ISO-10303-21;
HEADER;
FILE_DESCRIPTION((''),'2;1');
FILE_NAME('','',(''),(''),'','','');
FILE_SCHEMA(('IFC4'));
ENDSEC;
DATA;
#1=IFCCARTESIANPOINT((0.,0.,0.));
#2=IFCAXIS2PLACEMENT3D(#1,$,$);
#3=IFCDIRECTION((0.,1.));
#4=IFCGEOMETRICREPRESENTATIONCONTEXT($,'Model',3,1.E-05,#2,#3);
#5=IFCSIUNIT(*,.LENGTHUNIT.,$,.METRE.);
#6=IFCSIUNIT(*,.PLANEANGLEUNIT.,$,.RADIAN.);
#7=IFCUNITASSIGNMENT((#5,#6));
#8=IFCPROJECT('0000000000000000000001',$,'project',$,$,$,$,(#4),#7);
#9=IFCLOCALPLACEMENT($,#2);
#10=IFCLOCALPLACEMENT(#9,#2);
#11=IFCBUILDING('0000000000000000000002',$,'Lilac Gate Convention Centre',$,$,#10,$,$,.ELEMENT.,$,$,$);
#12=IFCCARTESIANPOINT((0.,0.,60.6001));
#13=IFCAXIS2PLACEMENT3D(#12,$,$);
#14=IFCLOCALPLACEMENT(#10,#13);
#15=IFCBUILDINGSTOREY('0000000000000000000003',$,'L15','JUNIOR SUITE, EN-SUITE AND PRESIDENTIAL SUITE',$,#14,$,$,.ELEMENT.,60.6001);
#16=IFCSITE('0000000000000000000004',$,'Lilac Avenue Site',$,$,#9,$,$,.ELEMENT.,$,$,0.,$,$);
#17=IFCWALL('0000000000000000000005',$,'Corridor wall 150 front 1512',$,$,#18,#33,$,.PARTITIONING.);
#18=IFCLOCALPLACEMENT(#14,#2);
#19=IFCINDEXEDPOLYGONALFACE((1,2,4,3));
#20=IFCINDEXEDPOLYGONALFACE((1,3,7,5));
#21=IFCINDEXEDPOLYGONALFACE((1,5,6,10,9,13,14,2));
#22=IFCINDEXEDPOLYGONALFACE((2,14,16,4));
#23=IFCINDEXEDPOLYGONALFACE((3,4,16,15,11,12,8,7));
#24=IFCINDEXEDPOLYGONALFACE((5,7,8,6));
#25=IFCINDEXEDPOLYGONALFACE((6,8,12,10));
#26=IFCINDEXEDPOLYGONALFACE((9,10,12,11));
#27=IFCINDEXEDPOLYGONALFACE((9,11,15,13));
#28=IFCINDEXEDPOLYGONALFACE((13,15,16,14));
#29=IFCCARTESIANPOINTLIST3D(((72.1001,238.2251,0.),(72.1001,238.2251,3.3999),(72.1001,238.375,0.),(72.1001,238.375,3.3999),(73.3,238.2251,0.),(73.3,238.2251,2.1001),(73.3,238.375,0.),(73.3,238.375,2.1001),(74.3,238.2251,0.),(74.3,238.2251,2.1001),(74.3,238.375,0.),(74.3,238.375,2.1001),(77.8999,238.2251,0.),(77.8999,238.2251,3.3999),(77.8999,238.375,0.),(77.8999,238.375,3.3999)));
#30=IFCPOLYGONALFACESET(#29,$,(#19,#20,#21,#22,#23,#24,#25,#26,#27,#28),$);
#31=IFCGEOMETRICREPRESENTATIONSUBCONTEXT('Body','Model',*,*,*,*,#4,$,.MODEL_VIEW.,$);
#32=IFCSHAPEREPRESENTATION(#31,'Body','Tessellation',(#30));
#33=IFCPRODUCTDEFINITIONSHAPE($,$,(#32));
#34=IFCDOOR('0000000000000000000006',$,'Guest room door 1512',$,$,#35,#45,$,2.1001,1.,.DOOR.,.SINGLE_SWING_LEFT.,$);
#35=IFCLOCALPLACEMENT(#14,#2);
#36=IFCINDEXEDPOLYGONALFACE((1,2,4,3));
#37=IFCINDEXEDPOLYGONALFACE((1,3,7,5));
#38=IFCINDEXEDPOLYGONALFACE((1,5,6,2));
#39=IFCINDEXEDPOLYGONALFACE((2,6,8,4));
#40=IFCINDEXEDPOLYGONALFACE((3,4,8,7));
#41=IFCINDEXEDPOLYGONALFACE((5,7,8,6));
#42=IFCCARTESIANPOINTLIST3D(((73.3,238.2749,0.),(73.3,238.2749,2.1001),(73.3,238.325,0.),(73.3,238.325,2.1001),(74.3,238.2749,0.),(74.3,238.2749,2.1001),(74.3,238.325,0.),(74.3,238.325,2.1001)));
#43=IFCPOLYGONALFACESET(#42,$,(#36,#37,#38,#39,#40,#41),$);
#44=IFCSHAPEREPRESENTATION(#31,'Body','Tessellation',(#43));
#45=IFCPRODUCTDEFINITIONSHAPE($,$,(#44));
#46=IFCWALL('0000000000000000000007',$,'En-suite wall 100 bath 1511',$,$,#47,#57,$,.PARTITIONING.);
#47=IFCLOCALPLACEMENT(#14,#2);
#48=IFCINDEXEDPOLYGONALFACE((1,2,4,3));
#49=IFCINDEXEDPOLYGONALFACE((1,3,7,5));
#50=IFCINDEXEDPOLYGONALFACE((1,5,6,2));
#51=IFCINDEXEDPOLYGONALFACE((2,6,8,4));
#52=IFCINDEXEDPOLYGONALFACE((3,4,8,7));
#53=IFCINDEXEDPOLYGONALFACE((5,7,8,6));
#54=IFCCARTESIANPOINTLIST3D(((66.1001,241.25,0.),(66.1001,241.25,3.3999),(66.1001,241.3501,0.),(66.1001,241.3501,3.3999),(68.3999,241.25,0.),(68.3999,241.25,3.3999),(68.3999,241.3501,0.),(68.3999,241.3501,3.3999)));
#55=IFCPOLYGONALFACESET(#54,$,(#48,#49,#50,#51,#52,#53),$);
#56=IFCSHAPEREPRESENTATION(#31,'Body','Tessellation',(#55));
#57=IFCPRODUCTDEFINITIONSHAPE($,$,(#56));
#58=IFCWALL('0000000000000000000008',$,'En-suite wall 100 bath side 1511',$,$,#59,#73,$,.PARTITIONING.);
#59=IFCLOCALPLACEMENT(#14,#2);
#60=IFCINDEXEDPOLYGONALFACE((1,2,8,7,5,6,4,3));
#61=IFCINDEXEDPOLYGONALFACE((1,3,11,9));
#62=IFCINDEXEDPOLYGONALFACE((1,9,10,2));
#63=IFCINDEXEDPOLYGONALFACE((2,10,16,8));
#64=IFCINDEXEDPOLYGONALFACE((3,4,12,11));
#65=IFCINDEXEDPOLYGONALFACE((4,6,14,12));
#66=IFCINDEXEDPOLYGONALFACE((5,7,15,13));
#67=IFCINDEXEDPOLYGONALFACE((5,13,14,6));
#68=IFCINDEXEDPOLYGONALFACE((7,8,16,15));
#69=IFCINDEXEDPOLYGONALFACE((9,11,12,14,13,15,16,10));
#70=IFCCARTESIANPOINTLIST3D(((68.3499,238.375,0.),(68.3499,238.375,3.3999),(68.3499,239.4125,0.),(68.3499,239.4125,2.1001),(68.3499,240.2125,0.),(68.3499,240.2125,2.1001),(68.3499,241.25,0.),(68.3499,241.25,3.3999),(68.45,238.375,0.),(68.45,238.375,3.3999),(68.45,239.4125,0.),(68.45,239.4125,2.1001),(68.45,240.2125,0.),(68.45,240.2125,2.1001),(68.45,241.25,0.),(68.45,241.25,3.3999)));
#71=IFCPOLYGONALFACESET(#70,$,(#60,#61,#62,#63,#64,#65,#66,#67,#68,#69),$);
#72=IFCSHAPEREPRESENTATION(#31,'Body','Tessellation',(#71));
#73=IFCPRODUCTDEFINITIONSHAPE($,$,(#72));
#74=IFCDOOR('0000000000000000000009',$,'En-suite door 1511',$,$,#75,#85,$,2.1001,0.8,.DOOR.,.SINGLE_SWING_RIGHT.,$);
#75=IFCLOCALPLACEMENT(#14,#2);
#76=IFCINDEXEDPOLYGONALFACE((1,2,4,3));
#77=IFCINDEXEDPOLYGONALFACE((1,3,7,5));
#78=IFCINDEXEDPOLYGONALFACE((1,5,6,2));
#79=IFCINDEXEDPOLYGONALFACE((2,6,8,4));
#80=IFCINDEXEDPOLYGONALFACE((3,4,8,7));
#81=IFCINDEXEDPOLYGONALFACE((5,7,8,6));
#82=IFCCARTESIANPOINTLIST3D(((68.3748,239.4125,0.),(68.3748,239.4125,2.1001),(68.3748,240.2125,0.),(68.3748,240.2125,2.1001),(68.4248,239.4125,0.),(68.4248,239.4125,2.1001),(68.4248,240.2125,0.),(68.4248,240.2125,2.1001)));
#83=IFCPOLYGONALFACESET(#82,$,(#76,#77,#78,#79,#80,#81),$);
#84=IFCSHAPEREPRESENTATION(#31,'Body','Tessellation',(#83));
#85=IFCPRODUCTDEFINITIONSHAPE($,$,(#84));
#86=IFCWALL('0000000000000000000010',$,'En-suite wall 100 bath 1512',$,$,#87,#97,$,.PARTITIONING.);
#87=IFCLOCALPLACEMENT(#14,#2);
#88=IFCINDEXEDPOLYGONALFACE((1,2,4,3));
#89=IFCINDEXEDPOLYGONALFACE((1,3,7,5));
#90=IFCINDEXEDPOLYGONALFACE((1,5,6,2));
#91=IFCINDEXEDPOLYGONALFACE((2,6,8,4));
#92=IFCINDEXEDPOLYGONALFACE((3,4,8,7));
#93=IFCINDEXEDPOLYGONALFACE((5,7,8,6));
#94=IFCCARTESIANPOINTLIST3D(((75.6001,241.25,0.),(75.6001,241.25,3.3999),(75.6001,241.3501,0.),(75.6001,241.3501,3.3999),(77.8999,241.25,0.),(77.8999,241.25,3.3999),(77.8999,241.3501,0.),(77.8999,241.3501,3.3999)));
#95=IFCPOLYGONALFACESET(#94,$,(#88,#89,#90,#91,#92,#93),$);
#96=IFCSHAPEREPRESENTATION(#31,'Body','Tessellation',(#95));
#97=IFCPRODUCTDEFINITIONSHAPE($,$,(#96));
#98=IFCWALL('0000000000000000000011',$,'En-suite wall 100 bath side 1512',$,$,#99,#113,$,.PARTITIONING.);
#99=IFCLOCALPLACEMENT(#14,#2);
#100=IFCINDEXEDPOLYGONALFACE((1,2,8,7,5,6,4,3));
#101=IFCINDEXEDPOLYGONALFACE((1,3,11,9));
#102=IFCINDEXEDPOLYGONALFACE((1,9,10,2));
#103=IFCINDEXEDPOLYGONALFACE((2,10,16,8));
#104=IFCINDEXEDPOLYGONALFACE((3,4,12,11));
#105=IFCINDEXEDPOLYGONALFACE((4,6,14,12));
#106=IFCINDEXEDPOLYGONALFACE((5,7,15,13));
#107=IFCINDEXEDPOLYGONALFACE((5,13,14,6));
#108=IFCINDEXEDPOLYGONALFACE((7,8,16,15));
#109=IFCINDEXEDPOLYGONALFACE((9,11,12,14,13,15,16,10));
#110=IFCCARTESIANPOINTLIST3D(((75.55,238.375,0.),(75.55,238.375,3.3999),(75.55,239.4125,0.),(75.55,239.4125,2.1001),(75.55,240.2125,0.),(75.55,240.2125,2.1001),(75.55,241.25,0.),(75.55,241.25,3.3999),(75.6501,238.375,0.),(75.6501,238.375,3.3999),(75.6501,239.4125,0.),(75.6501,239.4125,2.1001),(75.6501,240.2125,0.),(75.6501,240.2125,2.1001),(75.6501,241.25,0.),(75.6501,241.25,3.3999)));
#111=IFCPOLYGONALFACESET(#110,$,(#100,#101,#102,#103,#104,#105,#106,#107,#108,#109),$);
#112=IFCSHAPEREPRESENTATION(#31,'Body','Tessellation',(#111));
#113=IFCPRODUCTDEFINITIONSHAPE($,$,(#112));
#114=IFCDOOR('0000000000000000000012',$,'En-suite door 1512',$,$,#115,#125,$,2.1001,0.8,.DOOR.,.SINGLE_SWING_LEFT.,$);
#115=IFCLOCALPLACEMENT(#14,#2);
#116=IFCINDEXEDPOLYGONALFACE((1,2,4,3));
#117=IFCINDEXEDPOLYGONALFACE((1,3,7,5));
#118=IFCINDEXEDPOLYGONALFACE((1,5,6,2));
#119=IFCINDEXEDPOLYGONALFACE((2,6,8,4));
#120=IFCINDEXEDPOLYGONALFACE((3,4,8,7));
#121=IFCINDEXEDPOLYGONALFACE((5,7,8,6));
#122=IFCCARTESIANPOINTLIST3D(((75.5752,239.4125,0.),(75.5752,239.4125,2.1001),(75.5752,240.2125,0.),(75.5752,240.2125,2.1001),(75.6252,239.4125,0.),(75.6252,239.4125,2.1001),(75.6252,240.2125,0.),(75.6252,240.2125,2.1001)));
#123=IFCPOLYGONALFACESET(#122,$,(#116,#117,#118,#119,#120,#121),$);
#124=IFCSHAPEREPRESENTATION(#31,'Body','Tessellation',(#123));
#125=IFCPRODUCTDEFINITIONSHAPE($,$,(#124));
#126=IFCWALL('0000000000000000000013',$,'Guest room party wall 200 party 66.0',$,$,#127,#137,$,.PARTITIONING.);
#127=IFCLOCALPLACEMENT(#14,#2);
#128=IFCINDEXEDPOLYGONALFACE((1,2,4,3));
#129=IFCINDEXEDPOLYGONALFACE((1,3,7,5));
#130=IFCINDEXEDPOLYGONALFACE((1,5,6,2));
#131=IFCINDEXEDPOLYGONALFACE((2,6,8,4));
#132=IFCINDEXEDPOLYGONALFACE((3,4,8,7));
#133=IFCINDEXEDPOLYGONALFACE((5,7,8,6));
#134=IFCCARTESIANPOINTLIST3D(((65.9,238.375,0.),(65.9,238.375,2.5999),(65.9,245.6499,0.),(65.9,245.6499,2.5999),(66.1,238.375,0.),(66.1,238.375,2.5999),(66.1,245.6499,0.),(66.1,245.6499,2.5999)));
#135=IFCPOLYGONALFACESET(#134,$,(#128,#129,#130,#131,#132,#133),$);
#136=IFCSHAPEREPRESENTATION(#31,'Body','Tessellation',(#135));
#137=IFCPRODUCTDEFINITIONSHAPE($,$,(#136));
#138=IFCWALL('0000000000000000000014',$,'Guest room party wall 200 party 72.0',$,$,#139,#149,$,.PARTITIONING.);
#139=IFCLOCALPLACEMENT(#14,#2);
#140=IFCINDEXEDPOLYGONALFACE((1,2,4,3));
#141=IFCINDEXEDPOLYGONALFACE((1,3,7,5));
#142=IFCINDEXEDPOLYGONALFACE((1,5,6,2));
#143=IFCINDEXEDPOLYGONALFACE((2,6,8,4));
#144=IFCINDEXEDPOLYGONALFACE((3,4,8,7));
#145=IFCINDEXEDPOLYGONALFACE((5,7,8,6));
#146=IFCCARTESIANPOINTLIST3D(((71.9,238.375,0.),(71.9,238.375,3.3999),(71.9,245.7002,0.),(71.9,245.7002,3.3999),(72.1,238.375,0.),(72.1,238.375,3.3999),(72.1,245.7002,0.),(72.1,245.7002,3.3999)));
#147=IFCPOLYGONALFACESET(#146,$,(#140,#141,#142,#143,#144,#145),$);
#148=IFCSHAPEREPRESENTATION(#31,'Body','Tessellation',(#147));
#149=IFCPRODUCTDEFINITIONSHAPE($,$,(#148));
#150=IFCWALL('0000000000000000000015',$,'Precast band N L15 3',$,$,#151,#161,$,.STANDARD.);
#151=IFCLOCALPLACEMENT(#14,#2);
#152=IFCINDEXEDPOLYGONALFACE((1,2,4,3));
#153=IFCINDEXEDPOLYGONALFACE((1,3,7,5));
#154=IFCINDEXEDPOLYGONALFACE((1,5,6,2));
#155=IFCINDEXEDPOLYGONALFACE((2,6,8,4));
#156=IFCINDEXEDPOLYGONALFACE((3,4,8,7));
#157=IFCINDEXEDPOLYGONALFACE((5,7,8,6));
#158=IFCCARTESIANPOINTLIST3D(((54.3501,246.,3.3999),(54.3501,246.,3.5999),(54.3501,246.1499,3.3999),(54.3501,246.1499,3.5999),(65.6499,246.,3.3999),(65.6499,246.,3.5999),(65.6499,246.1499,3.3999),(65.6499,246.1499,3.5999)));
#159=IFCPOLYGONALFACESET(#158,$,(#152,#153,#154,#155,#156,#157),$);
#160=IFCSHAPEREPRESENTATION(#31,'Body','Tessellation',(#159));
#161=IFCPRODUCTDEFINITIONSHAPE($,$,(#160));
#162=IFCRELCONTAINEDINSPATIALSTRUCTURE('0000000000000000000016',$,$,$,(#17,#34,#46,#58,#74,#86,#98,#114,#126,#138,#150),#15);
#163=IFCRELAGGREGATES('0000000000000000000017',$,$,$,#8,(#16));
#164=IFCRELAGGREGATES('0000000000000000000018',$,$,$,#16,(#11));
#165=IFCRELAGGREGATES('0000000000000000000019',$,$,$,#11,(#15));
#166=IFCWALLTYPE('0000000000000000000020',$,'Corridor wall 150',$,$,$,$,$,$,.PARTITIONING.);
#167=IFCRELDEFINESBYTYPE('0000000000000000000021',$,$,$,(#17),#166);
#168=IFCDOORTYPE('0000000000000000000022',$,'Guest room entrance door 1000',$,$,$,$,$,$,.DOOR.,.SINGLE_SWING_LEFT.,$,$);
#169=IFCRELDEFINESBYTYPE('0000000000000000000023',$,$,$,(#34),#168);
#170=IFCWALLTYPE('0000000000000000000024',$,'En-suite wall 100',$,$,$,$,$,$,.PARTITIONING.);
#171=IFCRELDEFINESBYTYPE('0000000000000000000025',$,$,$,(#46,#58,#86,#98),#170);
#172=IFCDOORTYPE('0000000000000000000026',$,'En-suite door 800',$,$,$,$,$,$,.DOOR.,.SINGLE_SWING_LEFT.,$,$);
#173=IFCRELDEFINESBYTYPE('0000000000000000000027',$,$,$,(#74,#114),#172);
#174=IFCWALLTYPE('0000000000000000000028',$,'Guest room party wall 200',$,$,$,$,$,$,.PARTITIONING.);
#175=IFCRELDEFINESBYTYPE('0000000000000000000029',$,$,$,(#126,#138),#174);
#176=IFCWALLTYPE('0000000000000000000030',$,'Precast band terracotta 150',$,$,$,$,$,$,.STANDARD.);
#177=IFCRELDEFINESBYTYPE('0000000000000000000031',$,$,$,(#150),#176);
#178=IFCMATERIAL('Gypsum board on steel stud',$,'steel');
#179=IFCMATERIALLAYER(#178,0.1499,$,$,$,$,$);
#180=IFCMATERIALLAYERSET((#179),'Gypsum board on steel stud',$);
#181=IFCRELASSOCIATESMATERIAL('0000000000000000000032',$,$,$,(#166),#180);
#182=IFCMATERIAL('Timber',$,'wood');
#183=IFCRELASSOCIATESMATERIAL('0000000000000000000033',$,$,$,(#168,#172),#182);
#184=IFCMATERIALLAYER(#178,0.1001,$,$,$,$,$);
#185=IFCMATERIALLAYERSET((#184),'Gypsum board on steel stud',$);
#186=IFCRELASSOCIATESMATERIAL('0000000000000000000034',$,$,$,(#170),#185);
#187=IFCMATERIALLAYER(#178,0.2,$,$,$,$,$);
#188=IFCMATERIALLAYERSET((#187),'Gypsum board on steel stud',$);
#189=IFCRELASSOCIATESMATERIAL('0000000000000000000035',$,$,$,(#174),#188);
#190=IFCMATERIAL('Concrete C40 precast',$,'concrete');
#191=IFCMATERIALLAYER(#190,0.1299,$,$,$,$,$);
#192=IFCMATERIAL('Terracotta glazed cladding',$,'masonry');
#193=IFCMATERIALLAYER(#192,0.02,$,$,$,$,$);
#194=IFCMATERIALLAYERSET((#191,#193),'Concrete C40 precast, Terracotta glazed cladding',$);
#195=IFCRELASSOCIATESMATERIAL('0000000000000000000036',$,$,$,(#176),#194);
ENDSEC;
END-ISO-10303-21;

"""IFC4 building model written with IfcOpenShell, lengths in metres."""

from ifc_helpers import new_model, si_unit, direction, frame, frame_2d, origin, place, context, subcontext, project, spatial, rectangle, extrude, material, layer, layer_set, type_object, element, fill, save


model = new_model("IFC4")

# Units and contexts
model_context = context("Model", 3, precision=1e-05, world=origin(), true_north=direction((0.0, 1.0)))
body_context = subcontext(model_context, "Body", "Model", "MODEL_VIEW")
ifc_project = project(units=[si_unit("LENGTHUNIT", "METRE"), si_unit("PLANEANGLEUNIT", "RADIAN")], contexts=[model_context])

# Site, building, storey
site_placement = place(None, origin())
site = spatial("IfcSite", under=ifc_project, at=site_placement, Name="Lilac Avenue Site", CompositionType="ELEMENT", RefElevation=0.0)
building_placement = place(site_placement, origin())
building = spatial("IfcBuilding", under=site, at=building_placement, Name="Lilac Gate Convention Centre", CompositionType="ELEMENT")
storey_placement = place(building_placement, frame((0.0, 0.0, 60.6001)))
storey = spatial("IfcBuildingStorey", under=building, at=storey_placement, Name="L15", Description="JUNIOR SUITE, EN-SUITE AND PRESIDENTIAL SUITE", CompositionType="ELEMENT", Elevation=60.6001)

# Wall, opening, door
ifc_material_1 = material(Name="Gypsum board on steel stud", Category="steel")
ifc_layer_1 = layer(ifc_material_1, 0.1499)
ifc_layer_set_1 = layer_set([ifc_layer_1], Name="Gypsum board on steel stud")
wall_type_1 = type_object("IfcWallType", Name="Corridor wall 150", PredefinedType="PARTITIONING", material=ifc_layer_set_1)
ifc_material_2 = material(Name="Timber", Category="wood")
door_type_1 = type_object("IfcDoorType", Name="Guest room entrance door 1000", OperationType="SINGLE_SWING_LEFT", PredefinedType="DOOR", material=ifc_material_2)
wall_1_placement = place(storey_placement, frame((72.1001, 238.3, 0.0), z_axis=(0.0, 0.0, 1.0), x_axis=(1.0, 0.0, 0.0)))
wall_1 = element("IfcWall", 1, at=wall_1_placement, inside=storey, type_object=wall_type_1, Name="Corridor wall 150 front 1512", PredefinedType="PARTITIONING", context=body_context, shape_type="SweptSolid", body=[
    extrude(rectangle(XDim=5.7998, YDim=0.1499, at=frame_2d((2.8999, 0.0))), origin(), (0.0, 0.0, 1.0), 3.3999),
])
opening_1_placement = place(wall_1_placement, frame((1.2, 0.0, 0.0)))
opening_1 = element("IfcOpeningElement", 2, at=opening_1_placement, cuts=wall_1, PredefinedType="OPENING", context=body_context, shape_type="SweptSolid", body=[
    extrude(rectangle(XDim=1.0, YDim=2.1001, at=frame_2d((0.5, 1.05))), frame((0.0, 0.085, 0.0), z_axis=(0.0, -1.0, 0.0), x_axis=(1.0, 0.0, 0.0)), (0.0, 0.0, 1.0), 0.1699),
])
door_1_placement = place(opening_1_placement, origin())
door_1 = element("IfcDoor", 3, at=door_1_placement, inside=storey, type_object=door_type_1, Name="Guest room door 1512", OperationType="SINGLE_SWING_LEFT", OverallHeight=2.1001, OverallWidth=1.0, PredefinedType="DOOR", context=body_context, shape_type="SweptSolid", body=[
    extrude(rectangle(XDim=1.0, YDim=2.1001, at=frame_2d((0.5, 1.05))), frame((0.0, 0.0249, 0.0), z_axis=(0.0, -1.0, 0.0), x_axis=(1.0, 0.0, 0.0)), (0.0, 0.0, 1.0), 0.05),
])
fill(opening_1, door_1)

# Wall
ifc_layer_2 = layer(ifc_material_1, 0.1001)
ifc_layer_set_2 = layer_set([ifc_layer_2], Name="Gypsum board on steel stud")
wall_type_2 = type_object("IfcWallType", Name="En-suite wall 100", PredefinedType="PARTITIONING", material=ifc_layer_set_2)
wall_2_placement = place(storey_placement, frame((66.1001, 241.3, 0.0), z_axis=(0.0, 0.0, 1.0), x_axis=(1.0, 0.0, 0.0)))
element("IfcWall", 4, at=wall_2_placement, inside=storey, type_object=wall_type_2, Name="En-suite wall 100 bath 1511", PredefinedType="PARTITIONING", context=body_context, shape_type="SweptSolid", body=[
    extrude(rectangle(XDim=2.2998, YDim=0.1001, at=frame_2d((1.1499, 0.0))), origin(), (0.0, 0.0, 1.0), 3.3999),
])

# Wall, opening, door
wall_3_placement = place(storey_placement, frame((68.3999, 241.25, 0.0), z_axis=(0.0, 0.0, 1.0), x_axis=(0.0, -1.0, 0.0)))
wall_3 = element("IfcWall", 5, at=wall_3_placement, inside=storey, type_object=wall_type_2, Name="En-suite wall 100 bath side 1511", PredefinedType="PARTITIONING", context=body_context, shape_type="SweptSolid", body=[
    extrude(rectangle(XDim=2.875, YDim=0.1001, at=frame_2d((1.4375, 0.0))), origin(), (0.0, 0.0, 1.0), 3.3999),
])
opening_2_placement = place(wall_3_placement, frame((1.0376, 0.0, 0.0)))
opening_2 = element("IfcOpeningElement", 6, at=opening_2_placement, cuts=wall_3, PredefinedType="OPENING", context=body_context, shape_type="SweptSolid", body=[
    extrude(rectangle(XDim=0.8, YDim=2.1001, at=frame_2d((0.3999, 1.05))), frame((0.0, 0.0601, 0.0), z_axis=(0.0, -1.0, 0.0), x_axis=(1.0, 0.0, 0.0)), (0.0, 0.0, 1.0), 0.1201),
])
door_type_2 = type_object("IfcDoorType", Name="En-suite door 800", OperationType="SINGLE_SWING_LEFT", PredefinedType="DOOR", material=ifc_material_2)
door_2_placement = place(opening_2_placement, origin())
door_2 = element("IfcDoor", 7, at=door_2_placement, inside=storey, type_object=door_type_2, Name="En-suite door 1511", OperationType="SINGLE_SWING_RIGHT", OverallHeight=2.1001, OverallWidth=0.8, PredefinedType="DOOR", context=body_context, shape_type="SweptSolid", body=[
    extrude(rectangle(XDim=0.8, YDim=2.1001, at=frame_2d((0.3999, 1.05))), frame((0.0, 0.0249, 0.0), z_axis=(0.0, -1.0, 0.0), x_axis=(1.0, 0.0, 0.0)), (0.0, 0.0, 1.0), 0.05),
])
fill(opening_2, door_2)

# Wall
wall_4_placement = place(storey_placement, frame((75.6001, 241.3, 0.0), z_axis=(0.0, 0.0, 1.0), x_axis=(1.0, 0.0, 0.0)))
element("IfcWall", 8, at=wall_4_placement, inside=storey, type_object=wall_type_2, Name="En-suite wall 100 bath 1512", PredefinedType="PARTITIONING", context=body_context, shape_type="SweptSolid", body=[
    extrude(rectangle(XDim=2.2998, YDim=0.1001, at=frame_2d((1.1499, 0.0))), origin(), (0.0, 0.0, 1.0), 3.3999),
])

# Wall, opening, door
wall_5_placement = place(storey_placement, frame((75.6001, 238.375, 0.0), z_axis=(0.0, 0.0, 1.0), x_axis=(0.0, 1.0, 0.0)))
wall_5 = element("IfcWall", 9, at=wall_5_placement, inside=storey, type_object=wall_type_2, Name="En-suite wall 100 bath side 1512", PredefinedType="PARTITIONING", context=body_context, shape_type="SweptSolid", body=[
    extrude(rectangle(XDim=2.875, YDim=0.1001, at=frame_2d((1.4375, 0.0))), origin(), (0.0, 0.0, 1.0), 3.3999),
])
opening_3_placement = place(wall_5_placement, frame((1.0376, 0.0, 0.0)))
opening_3 = element("IfcOpeningElement", 10, at=opening_3_placement, cuts=wall_5, PredefinedType="OPENING", context=body_context, shape_type="SweptSolid", body=[
    extrude(rectangle(XDim=0.8, YDim=2.1001, at=frame_2d((0.3999, 1.05))), frame((0.0, 0.0601, 0.0), z_axis=(0.0, -1.0, 0.0), x_axis=(1.0, 0.0, 0.0)), (0.0, 0.0, 1.0), 0.1201),
])
door_3_placement = place(opening_3_placement, origin())
door_3 = element("IfcDoor", 11, at=door_3_placement, inside=storey, type_object=door_type_2, Name="En-suite door 1512", OperationType="SINGLE_SWING_LEFT", OverallHeight=2.1001, OverallWidth=0.8, PredefinedType="DOOR", context=body_context, shape_type="SweptSolid", body=[
    extrude(rectangle(XDim=0.8, YDim=2.1001, at=frame_2d((0.3999, 1.05))), frame((0.0, 0.0249, 0.0), z_axis=(0.0, -1.0, 0.0), x_axis=(1.0, 0.0, 0.0)), (0.0, 0.0, 1.0), 0.05),
])
fill(opening_3, door_3)

# Walls
ifc_layer_3 = layer(ifc_material_1, 0.2)
ifc_layer_set_3 = layer_set([ifc_layer_3], Name="Gypsum board on steel stud")
wall_type_3 = type_object("IfcWallType", Name="Guest room party wall 200", PredefinedType="PARTITIONING", material=ifc_layer_set_3)
wall_6_placement = place(storey_placement, frame((66.0, 245.6499, 0.0), z_axis=(0.0, 0.0, 1.0), x_axis=(0.0, -1.0, 0.0)))
element("IfcWall", 12, at=wall_6_placement, inside=storey, type_object=wall_type_3, Name="Guest room party wall 200 party 66.0", PredefinedType="PARTITIONING", context=body_context, shape_type="SweptSolid", body=[
    extrude(rectangle(XDim=7.2749, YDim=0.2, at=frame_2d((3.6375, 0.0))), origin(), (0.0, 0.0, 1.0), 2.5999),
])
wall_7_placement = place(storey_placement, frame((72.0, 245.7002, 0.0), z_axis=(0.0, 0.0, 1.0), x_axis=(0.0, -1.0, 0.0)))
element("IfcWall", 13, at=wall_7_placement, inside=storey, type_object=wall_type_3, Name="Guest room party wall 200 party 72.0", PredefinedType="PARTITIONING", context=body_context, shape_type="SweptSolid", body=[
    extrude(rectangle(XDim=7.3252, YDim=0.2, at=frame_2d((3.6626, 0.0))), origin(), (0.0, 0.0, 1.0), 3.3999),
])
ifc_material_3 = material(Name="Concrete C40 precast", Category="concrete")
ifc_layer_4 = layer(ifc_material_3, 0.1299)
ifc_material_4 = material(Name="Terracotta glazed cladding", Category="masonry")
ifc_layer_5 = layer(ifc_material_4, 0.02)
ifc_layer_set_4 = layer_set([ifc_layer_4, ifc_layer_5], Name="Concrete C40 precast, Terracotta glazed cladding")
wall_type_4 = type_object("IfcWallType", Name="Precast band terracotta 150", PredefinedType="STANDARD", material=ifc_layer_set_4)
wall_8_placement = place(storey_placement, frame((65.6499, 246.075, 3.3999), z_axis=(0.0, 0.0, 1.0), x_axis=(-1.0, 0.0, 0.0)))
element("IfcWall", 14, at=wall_8_placement, inside=storey, type_object=wall_type_4, Name="Precast band N L15 3", PredefinedType="STANDARD", context=body_context, shape_type="SweptSolid", body=[
    extrude(rectangle(XDim=11.2998, YDim=0.1499, at=frame_2d((5.6499, 0.0))), origin(), (0.0, 0.0, 1.0), 0.2),
])

save(model, "model.ifc")
